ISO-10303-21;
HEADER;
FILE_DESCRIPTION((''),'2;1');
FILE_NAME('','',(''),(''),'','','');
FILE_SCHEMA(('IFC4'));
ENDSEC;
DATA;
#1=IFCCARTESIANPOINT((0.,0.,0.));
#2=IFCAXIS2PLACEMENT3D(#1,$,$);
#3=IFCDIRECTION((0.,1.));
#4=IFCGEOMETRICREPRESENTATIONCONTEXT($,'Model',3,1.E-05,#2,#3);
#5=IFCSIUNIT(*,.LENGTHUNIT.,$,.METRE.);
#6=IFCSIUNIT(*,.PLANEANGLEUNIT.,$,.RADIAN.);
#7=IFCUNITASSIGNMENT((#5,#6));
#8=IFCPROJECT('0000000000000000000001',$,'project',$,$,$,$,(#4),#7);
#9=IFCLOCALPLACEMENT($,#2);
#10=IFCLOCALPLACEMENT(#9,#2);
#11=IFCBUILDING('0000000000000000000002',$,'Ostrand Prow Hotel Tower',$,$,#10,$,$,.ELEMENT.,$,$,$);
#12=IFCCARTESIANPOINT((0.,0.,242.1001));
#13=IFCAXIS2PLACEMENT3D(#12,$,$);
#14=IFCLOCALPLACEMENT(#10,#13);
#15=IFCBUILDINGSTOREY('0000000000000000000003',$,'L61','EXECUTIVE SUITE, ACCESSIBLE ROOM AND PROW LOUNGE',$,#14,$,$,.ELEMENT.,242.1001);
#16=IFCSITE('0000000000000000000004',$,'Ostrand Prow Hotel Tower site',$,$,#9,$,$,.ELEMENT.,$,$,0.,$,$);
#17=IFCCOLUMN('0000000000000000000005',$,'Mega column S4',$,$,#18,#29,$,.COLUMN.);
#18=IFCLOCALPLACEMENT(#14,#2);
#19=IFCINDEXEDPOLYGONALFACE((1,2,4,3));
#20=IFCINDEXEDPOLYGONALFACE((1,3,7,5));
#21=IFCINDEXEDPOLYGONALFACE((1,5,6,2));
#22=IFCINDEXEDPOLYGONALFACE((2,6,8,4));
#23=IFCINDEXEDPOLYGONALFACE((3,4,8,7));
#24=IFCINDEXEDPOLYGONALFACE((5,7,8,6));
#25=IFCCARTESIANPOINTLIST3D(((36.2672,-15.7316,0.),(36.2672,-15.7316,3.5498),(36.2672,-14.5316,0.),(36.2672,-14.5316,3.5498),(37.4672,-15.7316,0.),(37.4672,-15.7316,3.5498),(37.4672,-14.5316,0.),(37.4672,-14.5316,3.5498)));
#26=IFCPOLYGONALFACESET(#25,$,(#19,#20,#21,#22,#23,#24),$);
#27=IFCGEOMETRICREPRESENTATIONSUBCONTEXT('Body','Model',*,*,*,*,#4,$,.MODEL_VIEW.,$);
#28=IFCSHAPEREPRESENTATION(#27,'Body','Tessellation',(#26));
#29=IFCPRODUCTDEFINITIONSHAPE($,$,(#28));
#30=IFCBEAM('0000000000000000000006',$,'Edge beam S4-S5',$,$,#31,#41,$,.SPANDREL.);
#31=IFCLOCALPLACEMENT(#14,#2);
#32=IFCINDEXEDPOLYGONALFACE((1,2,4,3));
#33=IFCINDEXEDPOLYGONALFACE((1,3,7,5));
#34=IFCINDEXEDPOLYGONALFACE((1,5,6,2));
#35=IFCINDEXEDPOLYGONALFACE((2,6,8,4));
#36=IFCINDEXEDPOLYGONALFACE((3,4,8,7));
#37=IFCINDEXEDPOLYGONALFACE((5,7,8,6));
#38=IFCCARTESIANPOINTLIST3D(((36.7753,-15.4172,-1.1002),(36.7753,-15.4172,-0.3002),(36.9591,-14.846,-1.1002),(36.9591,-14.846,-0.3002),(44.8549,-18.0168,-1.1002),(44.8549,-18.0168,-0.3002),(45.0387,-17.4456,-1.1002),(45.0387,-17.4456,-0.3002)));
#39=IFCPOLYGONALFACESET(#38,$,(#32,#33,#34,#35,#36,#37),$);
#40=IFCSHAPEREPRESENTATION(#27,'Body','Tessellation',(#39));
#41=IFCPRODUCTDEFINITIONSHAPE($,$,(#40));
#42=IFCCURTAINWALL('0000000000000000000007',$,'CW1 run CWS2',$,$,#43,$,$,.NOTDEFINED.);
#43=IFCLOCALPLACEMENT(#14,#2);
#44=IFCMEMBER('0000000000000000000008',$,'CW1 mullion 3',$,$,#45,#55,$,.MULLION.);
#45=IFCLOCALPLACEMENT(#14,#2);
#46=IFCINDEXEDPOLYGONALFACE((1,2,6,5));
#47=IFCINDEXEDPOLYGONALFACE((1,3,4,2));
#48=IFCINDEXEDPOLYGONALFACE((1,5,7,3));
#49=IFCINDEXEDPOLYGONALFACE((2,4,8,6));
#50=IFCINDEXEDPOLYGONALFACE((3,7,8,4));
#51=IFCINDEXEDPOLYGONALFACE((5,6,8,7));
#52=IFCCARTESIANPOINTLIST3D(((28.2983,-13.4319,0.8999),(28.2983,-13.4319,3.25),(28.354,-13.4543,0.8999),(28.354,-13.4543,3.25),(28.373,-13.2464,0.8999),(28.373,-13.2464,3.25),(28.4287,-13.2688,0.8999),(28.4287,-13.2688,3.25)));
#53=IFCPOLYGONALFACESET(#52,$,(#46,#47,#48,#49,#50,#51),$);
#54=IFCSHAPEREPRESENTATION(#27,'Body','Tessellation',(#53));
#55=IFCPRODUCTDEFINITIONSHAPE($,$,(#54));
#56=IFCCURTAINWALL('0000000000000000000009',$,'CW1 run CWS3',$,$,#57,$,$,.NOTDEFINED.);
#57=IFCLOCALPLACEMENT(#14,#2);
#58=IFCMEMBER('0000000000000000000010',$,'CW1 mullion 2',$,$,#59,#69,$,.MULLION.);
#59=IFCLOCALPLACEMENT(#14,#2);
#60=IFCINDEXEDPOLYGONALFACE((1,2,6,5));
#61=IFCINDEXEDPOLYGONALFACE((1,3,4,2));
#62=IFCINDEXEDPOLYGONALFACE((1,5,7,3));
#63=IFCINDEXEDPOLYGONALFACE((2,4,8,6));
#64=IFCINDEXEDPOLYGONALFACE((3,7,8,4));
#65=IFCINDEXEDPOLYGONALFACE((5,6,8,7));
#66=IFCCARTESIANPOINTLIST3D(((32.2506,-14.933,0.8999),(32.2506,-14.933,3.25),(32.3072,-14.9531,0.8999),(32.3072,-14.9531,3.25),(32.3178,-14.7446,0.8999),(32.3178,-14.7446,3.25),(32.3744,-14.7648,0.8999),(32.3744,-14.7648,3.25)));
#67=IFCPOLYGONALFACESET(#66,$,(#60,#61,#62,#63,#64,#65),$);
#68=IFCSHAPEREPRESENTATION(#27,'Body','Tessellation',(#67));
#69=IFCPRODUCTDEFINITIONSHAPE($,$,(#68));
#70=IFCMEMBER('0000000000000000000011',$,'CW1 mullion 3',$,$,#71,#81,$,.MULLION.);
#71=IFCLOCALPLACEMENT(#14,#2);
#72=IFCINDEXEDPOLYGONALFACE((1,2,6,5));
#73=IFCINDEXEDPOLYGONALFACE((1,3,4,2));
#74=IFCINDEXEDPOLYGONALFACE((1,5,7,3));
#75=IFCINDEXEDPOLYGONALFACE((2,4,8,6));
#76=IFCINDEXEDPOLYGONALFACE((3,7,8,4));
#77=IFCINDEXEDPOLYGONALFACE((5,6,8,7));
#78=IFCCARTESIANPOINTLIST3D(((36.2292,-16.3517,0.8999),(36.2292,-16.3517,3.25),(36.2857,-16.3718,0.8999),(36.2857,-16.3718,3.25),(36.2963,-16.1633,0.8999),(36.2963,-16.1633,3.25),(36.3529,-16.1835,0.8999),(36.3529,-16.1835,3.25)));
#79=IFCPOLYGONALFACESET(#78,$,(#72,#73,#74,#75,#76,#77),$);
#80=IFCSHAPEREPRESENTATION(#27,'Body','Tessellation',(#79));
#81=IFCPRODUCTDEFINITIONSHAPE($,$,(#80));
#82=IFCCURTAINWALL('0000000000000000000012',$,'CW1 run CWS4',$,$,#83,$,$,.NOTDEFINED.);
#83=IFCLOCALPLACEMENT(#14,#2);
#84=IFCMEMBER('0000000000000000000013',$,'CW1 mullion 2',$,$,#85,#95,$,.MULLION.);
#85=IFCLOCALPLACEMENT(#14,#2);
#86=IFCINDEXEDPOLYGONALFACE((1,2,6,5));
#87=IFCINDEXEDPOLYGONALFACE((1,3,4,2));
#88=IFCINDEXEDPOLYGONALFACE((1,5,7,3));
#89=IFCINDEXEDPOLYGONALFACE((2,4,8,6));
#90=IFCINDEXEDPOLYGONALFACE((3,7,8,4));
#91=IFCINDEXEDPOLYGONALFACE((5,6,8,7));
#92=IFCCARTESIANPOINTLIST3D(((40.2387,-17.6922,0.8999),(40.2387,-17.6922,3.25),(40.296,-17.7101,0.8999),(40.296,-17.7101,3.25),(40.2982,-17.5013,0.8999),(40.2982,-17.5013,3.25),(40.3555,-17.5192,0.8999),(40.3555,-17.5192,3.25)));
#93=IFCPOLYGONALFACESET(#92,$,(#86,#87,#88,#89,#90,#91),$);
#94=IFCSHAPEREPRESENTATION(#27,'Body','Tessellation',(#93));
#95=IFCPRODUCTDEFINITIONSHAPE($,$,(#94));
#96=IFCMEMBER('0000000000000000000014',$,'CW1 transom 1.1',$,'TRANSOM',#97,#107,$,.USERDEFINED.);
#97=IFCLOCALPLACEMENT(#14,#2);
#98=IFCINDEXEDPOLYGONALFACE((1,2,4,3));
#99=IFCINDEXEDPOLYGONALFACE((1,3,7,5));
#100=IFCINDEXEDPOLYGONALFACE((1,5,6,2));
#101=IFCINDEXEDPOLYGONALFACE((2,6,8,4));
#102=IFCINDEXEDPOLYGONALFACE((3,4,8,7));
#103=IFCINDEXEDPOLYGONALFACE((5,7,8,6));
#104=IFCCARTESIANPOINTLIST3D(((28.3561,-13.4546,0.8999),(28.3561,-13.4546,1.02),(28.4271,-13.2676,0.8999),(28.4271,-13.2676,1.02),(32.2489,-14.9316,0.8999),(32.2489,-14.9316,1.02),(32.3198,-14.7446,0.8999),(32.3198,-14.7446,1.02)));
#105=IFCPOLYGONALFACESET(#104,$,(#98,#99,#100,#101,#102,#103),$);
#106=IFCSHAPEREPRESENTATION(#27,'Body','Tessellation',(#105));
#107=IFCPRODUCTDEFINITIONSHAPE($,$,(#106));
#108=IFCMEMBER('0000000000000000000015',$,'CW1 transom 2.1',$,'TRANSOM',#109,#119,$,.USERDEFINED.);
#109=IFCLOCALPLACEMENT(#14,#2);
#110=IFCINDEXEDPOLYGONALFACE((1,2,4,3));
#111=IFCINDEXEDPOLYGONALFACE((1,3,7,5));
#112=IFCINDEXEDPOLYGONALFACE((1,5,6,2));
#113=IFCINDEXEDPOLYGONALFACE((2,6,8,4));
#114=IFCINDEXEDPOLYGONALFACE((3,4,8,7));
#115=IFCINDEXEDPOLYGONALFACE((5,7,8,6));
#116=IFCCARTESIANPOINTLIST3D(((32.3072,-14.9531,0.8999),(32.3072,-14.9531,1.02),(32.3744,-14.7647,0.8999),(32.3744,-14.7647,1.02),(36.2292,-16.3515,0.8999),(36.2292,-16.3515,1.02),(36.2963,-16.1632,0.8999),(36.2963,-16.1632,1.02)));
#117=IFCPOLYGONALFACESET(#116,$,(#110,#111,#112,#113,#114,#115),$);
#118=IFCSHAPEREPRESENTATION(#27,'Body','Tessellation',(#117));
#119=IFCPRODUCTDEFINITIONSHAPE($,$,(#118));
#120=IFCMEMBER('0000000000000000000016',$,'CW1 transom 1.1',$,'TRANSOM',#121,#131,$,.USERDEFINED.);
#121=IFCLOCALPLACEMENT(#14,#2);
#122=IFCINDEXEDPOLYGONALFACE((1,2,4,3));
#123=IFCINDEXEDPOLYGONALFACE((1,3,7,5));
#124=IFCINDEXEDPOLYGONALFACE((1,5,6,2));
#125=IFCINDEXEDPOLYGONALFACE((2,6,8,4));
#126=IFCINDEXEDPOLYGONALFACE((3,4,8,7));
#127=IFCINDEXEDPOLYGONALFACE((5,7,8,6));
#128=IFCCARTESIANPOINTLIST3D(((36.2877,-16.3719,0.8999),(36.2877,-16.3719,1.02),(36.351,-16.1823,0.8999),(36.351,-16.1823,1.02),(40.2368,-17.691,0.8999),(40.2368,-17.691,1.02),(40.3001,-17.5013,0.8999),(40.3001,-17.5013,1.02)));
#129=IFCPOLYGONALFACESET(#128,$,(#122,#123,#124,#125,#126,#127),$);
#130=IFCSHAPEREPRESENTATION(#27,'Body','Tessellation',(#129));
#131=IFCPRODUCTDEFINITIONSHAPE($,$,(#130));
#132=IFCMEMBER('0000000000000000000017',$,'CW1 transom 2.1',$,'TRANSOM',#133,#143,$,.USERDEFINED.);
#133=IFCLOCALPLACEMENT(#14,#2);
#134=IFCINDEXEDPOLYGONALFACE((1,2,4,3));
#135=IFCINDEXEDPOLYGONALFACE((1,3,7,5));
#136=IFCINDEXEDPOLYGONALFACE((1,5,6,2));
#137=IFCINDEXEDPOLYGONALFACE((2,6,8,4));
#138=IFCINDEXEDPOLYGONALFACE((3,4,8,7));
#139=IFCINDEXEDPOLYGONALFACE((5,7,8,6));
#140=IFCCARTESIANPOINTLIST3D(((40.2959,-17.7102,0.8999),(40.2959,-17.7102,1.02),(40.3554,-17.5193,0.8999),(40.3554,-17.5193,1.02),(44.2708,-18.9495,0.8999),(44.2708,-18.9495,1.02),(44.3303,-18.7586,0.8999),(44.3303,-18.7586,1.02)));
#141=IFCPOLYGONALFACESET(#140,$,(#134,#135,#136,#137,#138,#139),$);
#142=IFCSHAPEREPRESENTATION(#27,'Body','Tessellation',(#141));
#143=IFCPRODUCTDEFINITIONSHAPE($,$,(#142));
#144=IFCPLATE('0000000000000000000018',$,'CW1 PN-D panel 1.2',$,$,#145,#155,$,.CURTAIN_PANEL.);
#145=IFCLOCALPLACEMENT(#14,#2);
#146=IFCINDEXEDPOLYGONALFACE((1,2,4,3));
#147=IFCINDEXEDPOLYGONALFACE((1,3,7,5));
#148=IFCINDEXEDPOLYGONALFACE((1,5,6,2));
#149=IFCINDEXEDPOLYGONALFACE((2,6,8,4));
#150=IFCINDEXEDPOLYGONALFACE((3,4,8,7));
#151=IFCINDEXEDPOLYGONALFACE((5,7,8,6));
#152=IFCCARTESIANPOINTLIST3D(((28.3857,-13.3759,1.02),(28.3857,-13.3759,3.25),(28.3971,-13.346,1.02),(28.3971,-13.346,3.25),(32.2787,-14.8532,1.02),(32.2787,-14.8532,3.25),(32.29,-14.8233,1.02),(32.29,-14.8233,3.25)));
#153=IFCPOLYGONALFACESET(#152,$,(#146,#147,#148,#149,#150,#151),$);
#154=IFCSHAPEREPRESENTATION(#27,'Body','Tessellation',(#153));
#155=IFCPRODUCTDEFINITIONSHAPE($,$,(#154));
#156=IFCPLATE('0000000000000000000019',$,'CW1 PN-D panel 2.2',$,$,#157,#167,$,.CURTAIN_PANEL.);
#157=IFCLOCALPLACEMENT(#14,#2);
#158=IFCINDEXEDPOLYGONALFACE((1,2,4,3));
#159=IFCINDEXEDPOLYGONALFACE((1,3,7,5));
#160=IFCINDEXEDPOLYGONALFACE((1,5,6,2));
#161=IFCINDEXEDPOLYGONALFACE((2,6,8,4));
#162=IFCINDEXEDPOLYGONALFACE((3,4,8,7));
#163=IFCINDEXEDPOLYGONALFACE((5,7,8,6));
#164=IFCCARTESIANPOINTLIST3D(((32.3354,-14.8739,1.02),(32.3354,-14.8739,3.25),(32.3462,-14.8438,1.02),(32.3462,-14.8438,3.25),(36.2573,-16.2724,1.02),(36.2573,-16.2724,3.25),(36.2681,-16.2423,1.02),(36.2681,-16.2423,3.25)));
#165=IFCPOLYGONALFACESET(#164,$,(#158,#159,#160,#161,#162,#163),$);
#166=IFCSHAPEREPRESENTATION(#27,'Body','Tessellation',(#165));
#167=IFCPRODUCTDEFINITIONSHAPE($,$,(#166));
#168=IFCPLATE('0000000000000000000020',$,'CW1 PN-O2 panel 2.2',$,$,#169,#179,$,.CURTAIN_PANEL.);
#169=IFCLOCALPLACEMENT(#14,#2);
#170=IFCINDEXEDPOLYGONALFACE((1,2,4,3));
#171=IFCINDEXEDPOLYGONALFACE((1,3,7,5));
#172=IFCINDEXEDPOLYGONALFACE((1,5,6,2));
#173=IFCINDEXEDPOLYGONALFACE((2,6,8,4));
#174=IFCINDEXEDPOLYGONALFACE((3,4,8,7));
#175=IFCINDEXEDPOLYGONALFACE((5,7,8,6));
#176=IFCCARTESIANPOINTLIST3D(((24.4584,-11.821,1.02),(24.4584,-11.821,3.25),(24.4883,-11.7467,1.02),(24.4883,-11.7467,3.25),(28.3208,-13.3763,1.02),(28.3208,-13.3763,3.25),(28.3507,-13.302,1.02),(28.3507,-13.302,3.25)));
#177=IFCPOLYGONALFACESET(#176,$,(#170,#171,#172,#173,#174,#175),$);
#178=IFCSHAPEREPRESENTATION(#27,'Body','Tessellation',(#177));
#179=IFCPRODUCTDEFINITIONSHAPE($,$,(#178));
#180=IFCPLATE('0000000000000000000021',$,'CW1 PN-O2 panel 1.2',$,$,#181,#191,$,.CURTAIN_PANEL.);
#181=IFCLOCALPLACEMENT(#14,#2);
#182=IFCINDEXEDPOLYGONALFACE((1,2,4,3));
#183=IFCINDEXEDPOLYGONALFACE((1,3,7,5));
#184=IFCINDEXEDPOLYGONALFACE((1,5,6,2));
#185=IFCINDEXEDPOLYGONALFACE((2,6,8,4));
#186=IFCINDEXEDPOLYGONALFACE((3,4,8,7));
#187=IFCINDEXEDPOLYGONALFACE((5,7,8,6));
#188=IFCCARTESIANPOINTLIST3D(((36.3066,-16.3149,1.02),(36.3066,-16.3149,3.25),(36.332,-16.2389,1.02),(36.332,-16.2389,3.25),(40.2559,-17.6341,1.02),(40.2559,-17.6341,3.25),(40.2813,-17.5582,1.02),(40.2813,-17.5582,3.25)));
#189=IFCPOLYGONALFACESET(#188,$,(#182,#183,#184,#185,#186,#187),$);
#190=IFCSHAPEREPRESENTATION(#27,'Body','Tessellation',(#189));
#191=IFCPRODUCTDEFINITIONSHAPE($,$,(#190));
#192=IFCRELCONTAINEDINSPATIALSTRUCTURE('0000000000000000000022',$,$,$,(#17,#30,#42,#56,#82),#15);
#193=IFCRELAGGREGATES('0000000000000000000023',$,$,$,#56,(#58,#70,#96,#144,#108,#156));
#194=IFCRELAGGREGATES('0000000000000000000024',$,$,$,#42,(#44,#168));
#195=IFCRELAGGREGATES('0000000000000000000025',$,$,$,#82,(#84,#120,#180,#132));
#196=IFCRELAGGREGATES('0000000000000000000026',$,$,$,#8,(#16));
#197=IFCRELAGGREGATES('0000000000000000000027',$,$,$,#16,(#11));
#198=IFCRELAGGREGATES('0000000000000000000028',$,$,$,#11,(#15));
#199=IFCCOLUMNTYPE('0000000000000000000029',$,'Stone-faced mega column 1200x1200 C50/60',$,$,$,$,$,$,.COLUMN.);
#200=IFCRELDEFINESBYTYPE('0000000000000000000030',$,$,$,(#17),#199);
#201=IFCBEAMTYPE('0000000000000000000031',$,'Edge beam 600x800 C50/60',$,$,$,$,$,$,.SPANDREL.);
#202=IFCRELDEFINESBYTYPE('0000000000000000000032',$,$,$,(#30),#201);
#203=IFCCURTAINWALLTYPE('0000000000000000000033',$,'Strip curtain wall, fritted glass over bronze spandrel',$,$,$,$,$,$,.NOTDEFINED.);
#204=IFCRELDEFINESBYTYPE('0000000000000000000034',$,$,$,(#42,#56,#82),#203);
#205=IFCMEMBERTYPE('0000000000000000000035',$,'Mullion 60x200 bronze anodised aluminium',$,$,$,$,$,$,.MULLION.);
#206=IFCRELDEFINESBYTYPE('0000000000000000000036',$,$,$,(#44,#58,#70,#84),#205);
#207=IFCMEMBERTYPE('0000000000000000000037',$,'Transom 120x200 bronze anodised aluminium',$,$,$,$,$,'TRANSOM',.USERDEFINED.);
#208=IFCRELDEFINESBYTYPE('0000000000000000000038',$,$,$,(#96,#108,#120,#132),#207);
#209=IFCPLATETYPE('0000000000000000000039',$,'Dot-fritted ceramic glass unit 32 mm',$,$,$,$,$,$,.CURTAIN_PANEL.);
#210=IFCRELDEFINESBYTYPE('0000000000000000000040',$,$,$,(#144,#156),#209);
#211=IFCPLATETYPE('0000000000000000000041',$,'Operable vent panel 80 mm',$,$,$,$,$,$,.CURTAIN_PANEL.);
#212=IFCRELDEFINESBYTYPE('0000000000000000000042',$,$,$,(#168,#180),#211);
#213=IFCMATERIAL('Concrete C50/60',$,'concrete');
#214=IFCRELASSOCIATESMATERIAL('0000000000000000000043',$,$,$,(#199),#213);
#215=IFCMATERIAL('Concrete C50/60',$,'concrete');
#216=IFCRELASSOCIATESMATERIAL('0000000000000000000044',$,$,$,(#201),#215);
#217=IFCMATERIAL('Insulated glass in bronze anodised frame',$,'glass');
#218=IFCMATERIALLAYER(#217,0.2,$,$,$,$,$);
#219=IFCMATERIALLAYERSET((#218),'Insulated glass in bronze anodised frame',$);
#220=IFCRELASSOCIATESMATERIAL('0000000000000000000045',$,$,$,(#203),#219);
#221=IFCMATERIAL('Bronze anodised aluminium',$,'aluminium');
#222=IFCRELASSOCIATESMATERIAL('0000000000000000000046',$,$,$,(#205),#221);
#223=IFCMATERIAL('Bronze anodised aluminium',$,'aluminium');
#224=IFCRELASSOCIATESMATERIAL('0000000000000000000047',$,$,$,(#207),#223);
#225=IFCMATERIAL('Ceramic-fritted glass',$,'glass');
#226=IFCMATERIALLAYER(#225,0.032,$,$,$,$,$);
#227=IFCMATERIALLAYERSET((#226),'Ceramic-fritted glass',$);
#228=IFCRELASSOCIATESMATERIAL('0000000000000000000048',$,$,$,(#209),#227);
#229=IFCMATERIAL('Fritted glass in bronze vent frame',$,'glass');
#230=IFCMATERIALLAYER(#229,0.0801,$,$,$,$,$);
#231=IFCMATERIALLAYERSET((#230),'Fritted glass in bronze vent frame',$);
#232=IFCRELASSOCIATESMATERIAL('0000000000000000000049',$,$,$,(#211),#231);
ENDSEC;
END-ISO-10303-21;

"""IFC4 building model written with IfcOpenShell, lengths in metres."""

from ifc_helpers import new_model, si_unit, direction, frame, origin, origin_2d, place, context, subcontext, project, spatial, rectangle, extrude, material, layer, layer_set, material_profile, profile_set, type_object, element, aggregate, save


model = new_model("IFC4")

# Units and contexts
model_context = context("Model", 3, precision=1e-05, world=origin(), true_north=direction((0.0, 1.0)))
body_context = subcontext(model_context, "Body", "Model", "MODEL_VIEW")
ifc_project = project(units=[si_unit("LENGTHUNIT", "METRE"), si_unit("PLANEANGLEUNIT", "RADIAN")], contexts=[model_context])

# Site, building, storey
site_placement = place(None, origin())
site = spatial("IfcSite", under=ifc_project, at=site_placement, Name="Ostrand Prow Hotel Tower site", CompositionType="ELEMENT", RefElevation=0.0)
building_placement = place(site_placement, origin())
building = spatial("IfcBuilding", under=site, at=building_placement, Name="Ostrand Prow Hotel Tower", CompositionType="ELEMENT")
storey_placement = place(building_placement, frame((0.0, 0.0, 242.1001)))
storey = spatial("IfcBuildingStorey", under=building, at=storey_placement, Name="L61", Description="EXECUTIVE SUITE, ACCESSIBLE ROOM AND PROW LOUNGE", CompositionType="ELEMENT", Elevation=242.1001)

# Column
ifc_material_1 = material(Name="Concrete C50/60", Category="concrete")
ifc_material_profile_1 = material_profile(ifc_material_1, rectangle(XDim=1.2, YDim=1.2, at=origin_2d()), Name="RC 1200x1200")
ifc_profile_set_1 = profile_set([ifc_material_profile_1], Name="Concrete C50/60")
column_type = type_object("IfcColumnType", Name="Stone-faced mega column 1200x1200 C50/60", PredefinedType="COLUMN", material=ifc_profile_set_1)
column_placement = place(storey_placement, frame((36.8672, -15.1316, 0.0), z_axis=(0.0, 0.0, 1.0), x_axis=(1.0, 0.0, 0.0)))
element("IfcColumn", 1, at=column_placement, inside=storey, type_object=column_type, Name="Mega column S4", PredefinedType="COLUMN", context=body_context, shape_type="SweptSolid", body=[
    extrude(rectangle(XDim=1.2, YDim=1.2, at=origin_2d()), origin(), (0.0, 0.0, 1.0), 3.5498),
])

# Beam
ifc_material_2 = material(Name="Concrete C50/60", Category="concrete")
ifc_material_profile_2 = material_profile(ifc_material_2, rectangle(XDim=0.6001, YDim=0.8, at=origin_2d()), Name="RC 600x800")
ifc_profile_set_2 = profile_set([ifc_material_profile_2], Name="Concrete C50/60")
beam_type = type_object("IfcBeamType", Name="Edge beam 600x800 C50/60", PredefinedType="SPANDREL", material=ifc_profile_set_2)
beam_placement = place(storey_placement, frame((36.8672, -15.1316, -0.7002), z_axis=(0.951939, -0.306287, 0.0), x_axis=(0.306287, 0.951939, 0.0)))
element("IfcBeam", 2, at=beam_placement, inside=storey, type_object=beam_type, Name="Edge beam S4-S5", PredefinedType="SPANDREL", context=body_context, shape_type="SweptSolid", body=[
    extrude(rectangle(XDim=0.6001, YDim=0.8, at=origin_2d()), origin(), (0.0, 0.0, 1.0), 8.4875),
])

# Curtain wall, member
ifc_material_3 = material(Name="Insulated glass in bronze anodised frame", Category="glass")
ifc_layer_1 = layer(ifc_material_3, 0.2)
ifc_layer_set_1 = layer_set([ifc_layer_1], Name="Insulated glass in bronze anodised frame")
curtain_wall_type = type_object("IfcCurtainWallType", Name="Strip curtain wall, fritted glass over bronze spandrel", PredefinedType="NOTDEFINED", material=ifc_layer_set_1)
curtain_wall_1_placement = place(storey_placement, origin())
curtain_wall_1 = element("IfcCurtainWall", 3, at=curtain_wall_1_placement, inside=storey, type_object=curtain_wall_type, Name="CW1 run CWS2", PredefinedType="NOTDEFINED")
ifc_material_4 = material(Name="Bronze anodised aluminium", Category="aluminium")
ifc_material_profile_3 = material_profile(ifc_material_4, rectangle(XDim=0.2, YDim=0.0601, at=origin_2d()), Name="Mullion 60x200 bronze anodised aluminium")
ifc_profile_set_3 = profile_set([ifc_material_profile_3], Name="Bronze anodised aluminium")
member_type_1 = type_object("IfcMemberType", Name="Mullion 60x200 bronze anodised aluminium", PredefinedType="MULLION", material=ifc_profile_set_3)
member_1_placement = place(storey_placement, frame((28.3635, -13.3503, 0.8999), z_axis=(0.0, 0.0, 1.0), x_axis=(0.373533, 0.927617, 0.0)))
member_1 = element("IfcMember", 4, at=member_1_placement, type_object=member_type_1, Name="CW1 mullion 3", PredefinedType="MULLION", context=body_context, shape_type="SweptSolid", body=[
    extrude(rectangle(XDim=0.2, YDim=0.0601, at=origin_2d()), origin(), (0.0, 0.0, 1.0), 2.3501),
])

# Curtain wall, members
curtain_wall_2_placement = place(storey_placement, origin())
curtain_wall_2 = element("IfcCurtainWall", 5, at=curtain_wall_2_placement, inside=storey, type_object=curtain_wall_type, Name="CW1 run CWS3", PredefinedType="NOTDEFINED")
member_2_placement = place(storey_placement, frame((32.3125, -14.8489, 0.8999), z_axis=(0.0, 0.0, 1.0), x_axis=(0.335877, 0.941906, 0.0)))
member_2 = element("IfcMember", 6, at=member_2_placement, type_object=member_type_1, Name="CW1 mullion 2", PredefinedType="MULLION", context=body_context, shape_type="SweptSolid", body=[
    extrude(rectangle(XDim=0.2, YDim=0.0601, at=origin_2d()), origin(), (0.0, 0.0, 1.0), 2.3501),
])
member_3_placement = place(storey_placement, frame((36.291, -16.2676, 0.8999), z_axis=(0.0, 0.0, 1.0), x_axis=(0.335877, 0.941906, 0.0)))
member_3 = element("IfcMember", 7, at=member_3_placement, type_object=member_type_1, Name="CW1 mullion 3", PredefinedType="MULLION", context=body_context, shape_type="SweptSolid", body=[
    extrude(rectangle(XDim=0.2, YDim=0.0601, at=origin_2d()), origin(), (0.0, 0.0, 1.0), 2.3501),
])

# Curtain wall, member
curtain_wall_3_placement = place(storey_placement, origin())
curtain_wall_3 = element("IfcCurtainWall", 8, at=curtain_wall_3_placement, inside=storey, type_object=curtain_wall_type, Name="CW1 run CWS4", PredefinedType="NOTDEFINED")
member_4_placement = place(storey_placement, frame((40.2971, -17.6057, 0.8999), z_axis=(0.0, 0.0, 1.0), x_axis=(0.297678, 0.954666, 0.0)))
member_4 = element("IfcMember", 9, at=member_4_placement, type_object=member_type_1, Name="CW1 mullion 2", PredefinedType="MULLION", context=body_context, shape_type="SweptSolid", body=[
    extrude(rectangle(XDim=0.2, YDim=0.0601, at=origin_2d()), origin(), (0.0, 0.0, 1.0), 2.3501),
])

# Members
ifc_material_5 = material(Name="Bronze anodised aluminium", Category="aluminium")
ifc_material_profile_4 = material_profile(ifc_material_5, rectangle(XDim=0.2, YDim=0.1201, at=origin_2d()), Name="Transom 120x200 bronze anodised aluminium")
ifc_profile_set_4 = profile_set([ifc_material_profile_4], Name="Bronze anodised aluminium")
member_type_2 = type_object("IfcMemberType", Name="Transom 120x200 bronze anodised aluminium", ElementType="TRANSOM", PredefinedType="USERDEFINED", material=ifc_profile_set_4)
member_5_placement = place(storey_placement, frame((28.3916, -13.3611, 0.96), z_axis=(0.934961, -0.354751, 0.0), x_axis=(0.354751, 0.934961, 0.0)))
member_5 = element("IfcMember", 10, at=member_5_placement, type_object=member_type_2, Name="CW1 transom 1.1", ObjectType="TRANSOM", PredefinedType="USERDEFINED", context=body_context, shape_type="SweptSolid", body=[
    extrude(rectangle(XDim=0.2, YDim=0.1201, at=origin_2d()), origin(), (0.0, 0.0, 1.0), 4.1636),
])
member_6_placement = place(storey_placement, frame((32.3408, -14.8589, 0.96), z_axis=(0.941912, -0.335861, 0.0), x_axis=(0.335861, 0.941912, 0.0)))
member_6 = element("IfcMember", 11, at=member_6_placement, type_object=member_type_2, Name="CW1 transom 2.1", ObjectType="TRANSOM", PredefinedType="USERDEFINED", context=body_context, shape_type="SweptSolid", body=[
    extrude(rectangle(XDim=0.2, YDim=0.1201, at=origin_2d()), origin(), (0.0, 0.0, 1.0), 4.1638),
])
member_7_placement = place(storey_placement, frame((36.3193, -16.2771, 0.96), z_axis=(0.94849, -0.316808, 0.0), x_axis=(0.316808, 0.94849, 0.0)))
member_7 = element("IfcMember", 12, at=member_7_placement, type_object=member_type_2, Name="CW1 transom 1.1", ObjectType="TRANSOM", PredefinedType="USERDEFINED", context=body_context, shape_type="SweptSolid", body=[
    extrude(rectangle(XDim=0.2, YDim=0.1201, at=origin_2d()), origin(), (0.0, 0.0, 1.0), 4.1636),
])
member_8_placement = place(storey_placement, frame((40.3257, -17.6147, 0.96), z_axis=(0.954677, -0.297644, 0.0), x_axis=(0.297644, 0.954677, 0.0)))
member_8 = element("IfcMember", 13, at=member_8_placement, type_object=member_type_2, Name="CW1 transom 2.1", ObjectType="TRANSOM", PredefinedType="USERDEFINED", context=body_context, shape_type="SweptSolid", body=[
    extrude(rectangle(XDim=0.2, YDim=0.1201, at=origin_2d()), origin(), (0.0, 0.0, 1.0), 4.1636),
])

# Plates
ifc_material_6 = material(Name="Ceramic-fritted glass", Category="glass")
ifc_layer_2 = layer(ifc_material_6, 0.032)
ifc_layer_set_2 = layer_set([ifc_layer_2], Name="Ceramic-fritted glass")
plate_type_1 = type_object("IfcPlateType", Name="Dot-fritted ceramic glass unit 32 mm", PredefinedType="CURTAIN_PANEL", material=ifc_layer_set_2)
plate_1_placement = place(storey_placement, frame((30.3379, -14.0996, 1.02), z_axis=(0.0, 0.0, 1.0), x_axis=(0.934951, -0.354777, 0.0)))
plate_1 = element("IfcPlate", 14, at=plate_1_placement, type_object=plate_type_1, Name="CW1 PN-D panel 1.2", PredefinedType="CURTAIN_PANEL", context=body_context, shape_type="SweptSolid", body=[
    extrude(rectangle(XDim=4.1638, YDim=0.032, at=origin_2d()), origin(), (0.0, 0.0, 1.0), 2.23),
])
plate_2_placement = place(storey_placement, frame((34.3018, -15.5581, 1.02), z_axis=(0.0, 0.0, 1.0), x_axis=(0.941906, -0.335877, 0.0)))
plate_2 = element("IfcPlate", 15, at=plate_2_placement, type_object=plate_type_1, Name="CW1 PN-D panel 2.2", PredefinedType="CURTAIN_PANEL", context=body_context, shape_type="SweptSolid", body=[
    extrude(rectangle(XDim=4.1638, YDim=0.032, at=origin_2d()), origin(), (0.0, 0.0, 1.0), 2.23),
])
aggregate(curtain_wall_2, [member_2, member_3, member_5, plate_1, member_6, plate_2])
ifc_material_7 = material(Name="Fritted glass in bronze vent frame", Category="glass")
ifc_layer_3 = layer(ifc_material_7, 0.0801)
ifc_layer_set_3 = layer_set([ifc_layer_3], Name="Fritted glass in bronze vent frame")
plate_type_2 = type_object("IfcPlateType", Name="Operable vent panel 80 mm", PredefinedType="CURTAIN_PANEL", material=ifc_layer_set_3)
plate_3_placement = place(storey_placement, frame((26.4045, -12.5615, 1.02), z_axis=(0.0, 0.0, 1.0), x_axis=(0.927617, -0.373533, 0.0)))
plate_3 = element("IfcPlate", 16, at=plate_3_placement, type_object=plate_type_2, Name="CW1 PN-O2 panel 2.2", PredefinedType="CURTAIN_PANEL", context=body_context, shape_type="SweptSolid", body=[
    extrude(rectangle(XDim=4.1638, YDim=0.0801, at=origin_2d()), origin(), (0.0, 0.0, 1.0), 2.23),
])
aggregate(curtain_wall_1, [member_1, plate_3])
plate_4_placement = place(storey_placement, frame((38.2939, -16.9365, 1.02), z_axis=(0.0, 0.0, 1.0), x_axis=(0.948479, -0.316841, 0.0)))
plate_4 = element("IfcPlate", 17, at=plate_4_placement, type_object=plate_type_2, Name="CW1 PN-O2 panel 1.2", PredefinedType="CURTAIN_PANEL", context=body_context, shape_type="SweptSolid", body=[
    extrude(rectangle(XDim=4.1638, YDim=0.0801, at=origin_2d()), origin(), (0.0, 0.0, 1.0), 2.23),
])
aggregate(curtain_wall_3, [member_4, member_7, plate_4, member_8])

save(model, "model.ifc")
